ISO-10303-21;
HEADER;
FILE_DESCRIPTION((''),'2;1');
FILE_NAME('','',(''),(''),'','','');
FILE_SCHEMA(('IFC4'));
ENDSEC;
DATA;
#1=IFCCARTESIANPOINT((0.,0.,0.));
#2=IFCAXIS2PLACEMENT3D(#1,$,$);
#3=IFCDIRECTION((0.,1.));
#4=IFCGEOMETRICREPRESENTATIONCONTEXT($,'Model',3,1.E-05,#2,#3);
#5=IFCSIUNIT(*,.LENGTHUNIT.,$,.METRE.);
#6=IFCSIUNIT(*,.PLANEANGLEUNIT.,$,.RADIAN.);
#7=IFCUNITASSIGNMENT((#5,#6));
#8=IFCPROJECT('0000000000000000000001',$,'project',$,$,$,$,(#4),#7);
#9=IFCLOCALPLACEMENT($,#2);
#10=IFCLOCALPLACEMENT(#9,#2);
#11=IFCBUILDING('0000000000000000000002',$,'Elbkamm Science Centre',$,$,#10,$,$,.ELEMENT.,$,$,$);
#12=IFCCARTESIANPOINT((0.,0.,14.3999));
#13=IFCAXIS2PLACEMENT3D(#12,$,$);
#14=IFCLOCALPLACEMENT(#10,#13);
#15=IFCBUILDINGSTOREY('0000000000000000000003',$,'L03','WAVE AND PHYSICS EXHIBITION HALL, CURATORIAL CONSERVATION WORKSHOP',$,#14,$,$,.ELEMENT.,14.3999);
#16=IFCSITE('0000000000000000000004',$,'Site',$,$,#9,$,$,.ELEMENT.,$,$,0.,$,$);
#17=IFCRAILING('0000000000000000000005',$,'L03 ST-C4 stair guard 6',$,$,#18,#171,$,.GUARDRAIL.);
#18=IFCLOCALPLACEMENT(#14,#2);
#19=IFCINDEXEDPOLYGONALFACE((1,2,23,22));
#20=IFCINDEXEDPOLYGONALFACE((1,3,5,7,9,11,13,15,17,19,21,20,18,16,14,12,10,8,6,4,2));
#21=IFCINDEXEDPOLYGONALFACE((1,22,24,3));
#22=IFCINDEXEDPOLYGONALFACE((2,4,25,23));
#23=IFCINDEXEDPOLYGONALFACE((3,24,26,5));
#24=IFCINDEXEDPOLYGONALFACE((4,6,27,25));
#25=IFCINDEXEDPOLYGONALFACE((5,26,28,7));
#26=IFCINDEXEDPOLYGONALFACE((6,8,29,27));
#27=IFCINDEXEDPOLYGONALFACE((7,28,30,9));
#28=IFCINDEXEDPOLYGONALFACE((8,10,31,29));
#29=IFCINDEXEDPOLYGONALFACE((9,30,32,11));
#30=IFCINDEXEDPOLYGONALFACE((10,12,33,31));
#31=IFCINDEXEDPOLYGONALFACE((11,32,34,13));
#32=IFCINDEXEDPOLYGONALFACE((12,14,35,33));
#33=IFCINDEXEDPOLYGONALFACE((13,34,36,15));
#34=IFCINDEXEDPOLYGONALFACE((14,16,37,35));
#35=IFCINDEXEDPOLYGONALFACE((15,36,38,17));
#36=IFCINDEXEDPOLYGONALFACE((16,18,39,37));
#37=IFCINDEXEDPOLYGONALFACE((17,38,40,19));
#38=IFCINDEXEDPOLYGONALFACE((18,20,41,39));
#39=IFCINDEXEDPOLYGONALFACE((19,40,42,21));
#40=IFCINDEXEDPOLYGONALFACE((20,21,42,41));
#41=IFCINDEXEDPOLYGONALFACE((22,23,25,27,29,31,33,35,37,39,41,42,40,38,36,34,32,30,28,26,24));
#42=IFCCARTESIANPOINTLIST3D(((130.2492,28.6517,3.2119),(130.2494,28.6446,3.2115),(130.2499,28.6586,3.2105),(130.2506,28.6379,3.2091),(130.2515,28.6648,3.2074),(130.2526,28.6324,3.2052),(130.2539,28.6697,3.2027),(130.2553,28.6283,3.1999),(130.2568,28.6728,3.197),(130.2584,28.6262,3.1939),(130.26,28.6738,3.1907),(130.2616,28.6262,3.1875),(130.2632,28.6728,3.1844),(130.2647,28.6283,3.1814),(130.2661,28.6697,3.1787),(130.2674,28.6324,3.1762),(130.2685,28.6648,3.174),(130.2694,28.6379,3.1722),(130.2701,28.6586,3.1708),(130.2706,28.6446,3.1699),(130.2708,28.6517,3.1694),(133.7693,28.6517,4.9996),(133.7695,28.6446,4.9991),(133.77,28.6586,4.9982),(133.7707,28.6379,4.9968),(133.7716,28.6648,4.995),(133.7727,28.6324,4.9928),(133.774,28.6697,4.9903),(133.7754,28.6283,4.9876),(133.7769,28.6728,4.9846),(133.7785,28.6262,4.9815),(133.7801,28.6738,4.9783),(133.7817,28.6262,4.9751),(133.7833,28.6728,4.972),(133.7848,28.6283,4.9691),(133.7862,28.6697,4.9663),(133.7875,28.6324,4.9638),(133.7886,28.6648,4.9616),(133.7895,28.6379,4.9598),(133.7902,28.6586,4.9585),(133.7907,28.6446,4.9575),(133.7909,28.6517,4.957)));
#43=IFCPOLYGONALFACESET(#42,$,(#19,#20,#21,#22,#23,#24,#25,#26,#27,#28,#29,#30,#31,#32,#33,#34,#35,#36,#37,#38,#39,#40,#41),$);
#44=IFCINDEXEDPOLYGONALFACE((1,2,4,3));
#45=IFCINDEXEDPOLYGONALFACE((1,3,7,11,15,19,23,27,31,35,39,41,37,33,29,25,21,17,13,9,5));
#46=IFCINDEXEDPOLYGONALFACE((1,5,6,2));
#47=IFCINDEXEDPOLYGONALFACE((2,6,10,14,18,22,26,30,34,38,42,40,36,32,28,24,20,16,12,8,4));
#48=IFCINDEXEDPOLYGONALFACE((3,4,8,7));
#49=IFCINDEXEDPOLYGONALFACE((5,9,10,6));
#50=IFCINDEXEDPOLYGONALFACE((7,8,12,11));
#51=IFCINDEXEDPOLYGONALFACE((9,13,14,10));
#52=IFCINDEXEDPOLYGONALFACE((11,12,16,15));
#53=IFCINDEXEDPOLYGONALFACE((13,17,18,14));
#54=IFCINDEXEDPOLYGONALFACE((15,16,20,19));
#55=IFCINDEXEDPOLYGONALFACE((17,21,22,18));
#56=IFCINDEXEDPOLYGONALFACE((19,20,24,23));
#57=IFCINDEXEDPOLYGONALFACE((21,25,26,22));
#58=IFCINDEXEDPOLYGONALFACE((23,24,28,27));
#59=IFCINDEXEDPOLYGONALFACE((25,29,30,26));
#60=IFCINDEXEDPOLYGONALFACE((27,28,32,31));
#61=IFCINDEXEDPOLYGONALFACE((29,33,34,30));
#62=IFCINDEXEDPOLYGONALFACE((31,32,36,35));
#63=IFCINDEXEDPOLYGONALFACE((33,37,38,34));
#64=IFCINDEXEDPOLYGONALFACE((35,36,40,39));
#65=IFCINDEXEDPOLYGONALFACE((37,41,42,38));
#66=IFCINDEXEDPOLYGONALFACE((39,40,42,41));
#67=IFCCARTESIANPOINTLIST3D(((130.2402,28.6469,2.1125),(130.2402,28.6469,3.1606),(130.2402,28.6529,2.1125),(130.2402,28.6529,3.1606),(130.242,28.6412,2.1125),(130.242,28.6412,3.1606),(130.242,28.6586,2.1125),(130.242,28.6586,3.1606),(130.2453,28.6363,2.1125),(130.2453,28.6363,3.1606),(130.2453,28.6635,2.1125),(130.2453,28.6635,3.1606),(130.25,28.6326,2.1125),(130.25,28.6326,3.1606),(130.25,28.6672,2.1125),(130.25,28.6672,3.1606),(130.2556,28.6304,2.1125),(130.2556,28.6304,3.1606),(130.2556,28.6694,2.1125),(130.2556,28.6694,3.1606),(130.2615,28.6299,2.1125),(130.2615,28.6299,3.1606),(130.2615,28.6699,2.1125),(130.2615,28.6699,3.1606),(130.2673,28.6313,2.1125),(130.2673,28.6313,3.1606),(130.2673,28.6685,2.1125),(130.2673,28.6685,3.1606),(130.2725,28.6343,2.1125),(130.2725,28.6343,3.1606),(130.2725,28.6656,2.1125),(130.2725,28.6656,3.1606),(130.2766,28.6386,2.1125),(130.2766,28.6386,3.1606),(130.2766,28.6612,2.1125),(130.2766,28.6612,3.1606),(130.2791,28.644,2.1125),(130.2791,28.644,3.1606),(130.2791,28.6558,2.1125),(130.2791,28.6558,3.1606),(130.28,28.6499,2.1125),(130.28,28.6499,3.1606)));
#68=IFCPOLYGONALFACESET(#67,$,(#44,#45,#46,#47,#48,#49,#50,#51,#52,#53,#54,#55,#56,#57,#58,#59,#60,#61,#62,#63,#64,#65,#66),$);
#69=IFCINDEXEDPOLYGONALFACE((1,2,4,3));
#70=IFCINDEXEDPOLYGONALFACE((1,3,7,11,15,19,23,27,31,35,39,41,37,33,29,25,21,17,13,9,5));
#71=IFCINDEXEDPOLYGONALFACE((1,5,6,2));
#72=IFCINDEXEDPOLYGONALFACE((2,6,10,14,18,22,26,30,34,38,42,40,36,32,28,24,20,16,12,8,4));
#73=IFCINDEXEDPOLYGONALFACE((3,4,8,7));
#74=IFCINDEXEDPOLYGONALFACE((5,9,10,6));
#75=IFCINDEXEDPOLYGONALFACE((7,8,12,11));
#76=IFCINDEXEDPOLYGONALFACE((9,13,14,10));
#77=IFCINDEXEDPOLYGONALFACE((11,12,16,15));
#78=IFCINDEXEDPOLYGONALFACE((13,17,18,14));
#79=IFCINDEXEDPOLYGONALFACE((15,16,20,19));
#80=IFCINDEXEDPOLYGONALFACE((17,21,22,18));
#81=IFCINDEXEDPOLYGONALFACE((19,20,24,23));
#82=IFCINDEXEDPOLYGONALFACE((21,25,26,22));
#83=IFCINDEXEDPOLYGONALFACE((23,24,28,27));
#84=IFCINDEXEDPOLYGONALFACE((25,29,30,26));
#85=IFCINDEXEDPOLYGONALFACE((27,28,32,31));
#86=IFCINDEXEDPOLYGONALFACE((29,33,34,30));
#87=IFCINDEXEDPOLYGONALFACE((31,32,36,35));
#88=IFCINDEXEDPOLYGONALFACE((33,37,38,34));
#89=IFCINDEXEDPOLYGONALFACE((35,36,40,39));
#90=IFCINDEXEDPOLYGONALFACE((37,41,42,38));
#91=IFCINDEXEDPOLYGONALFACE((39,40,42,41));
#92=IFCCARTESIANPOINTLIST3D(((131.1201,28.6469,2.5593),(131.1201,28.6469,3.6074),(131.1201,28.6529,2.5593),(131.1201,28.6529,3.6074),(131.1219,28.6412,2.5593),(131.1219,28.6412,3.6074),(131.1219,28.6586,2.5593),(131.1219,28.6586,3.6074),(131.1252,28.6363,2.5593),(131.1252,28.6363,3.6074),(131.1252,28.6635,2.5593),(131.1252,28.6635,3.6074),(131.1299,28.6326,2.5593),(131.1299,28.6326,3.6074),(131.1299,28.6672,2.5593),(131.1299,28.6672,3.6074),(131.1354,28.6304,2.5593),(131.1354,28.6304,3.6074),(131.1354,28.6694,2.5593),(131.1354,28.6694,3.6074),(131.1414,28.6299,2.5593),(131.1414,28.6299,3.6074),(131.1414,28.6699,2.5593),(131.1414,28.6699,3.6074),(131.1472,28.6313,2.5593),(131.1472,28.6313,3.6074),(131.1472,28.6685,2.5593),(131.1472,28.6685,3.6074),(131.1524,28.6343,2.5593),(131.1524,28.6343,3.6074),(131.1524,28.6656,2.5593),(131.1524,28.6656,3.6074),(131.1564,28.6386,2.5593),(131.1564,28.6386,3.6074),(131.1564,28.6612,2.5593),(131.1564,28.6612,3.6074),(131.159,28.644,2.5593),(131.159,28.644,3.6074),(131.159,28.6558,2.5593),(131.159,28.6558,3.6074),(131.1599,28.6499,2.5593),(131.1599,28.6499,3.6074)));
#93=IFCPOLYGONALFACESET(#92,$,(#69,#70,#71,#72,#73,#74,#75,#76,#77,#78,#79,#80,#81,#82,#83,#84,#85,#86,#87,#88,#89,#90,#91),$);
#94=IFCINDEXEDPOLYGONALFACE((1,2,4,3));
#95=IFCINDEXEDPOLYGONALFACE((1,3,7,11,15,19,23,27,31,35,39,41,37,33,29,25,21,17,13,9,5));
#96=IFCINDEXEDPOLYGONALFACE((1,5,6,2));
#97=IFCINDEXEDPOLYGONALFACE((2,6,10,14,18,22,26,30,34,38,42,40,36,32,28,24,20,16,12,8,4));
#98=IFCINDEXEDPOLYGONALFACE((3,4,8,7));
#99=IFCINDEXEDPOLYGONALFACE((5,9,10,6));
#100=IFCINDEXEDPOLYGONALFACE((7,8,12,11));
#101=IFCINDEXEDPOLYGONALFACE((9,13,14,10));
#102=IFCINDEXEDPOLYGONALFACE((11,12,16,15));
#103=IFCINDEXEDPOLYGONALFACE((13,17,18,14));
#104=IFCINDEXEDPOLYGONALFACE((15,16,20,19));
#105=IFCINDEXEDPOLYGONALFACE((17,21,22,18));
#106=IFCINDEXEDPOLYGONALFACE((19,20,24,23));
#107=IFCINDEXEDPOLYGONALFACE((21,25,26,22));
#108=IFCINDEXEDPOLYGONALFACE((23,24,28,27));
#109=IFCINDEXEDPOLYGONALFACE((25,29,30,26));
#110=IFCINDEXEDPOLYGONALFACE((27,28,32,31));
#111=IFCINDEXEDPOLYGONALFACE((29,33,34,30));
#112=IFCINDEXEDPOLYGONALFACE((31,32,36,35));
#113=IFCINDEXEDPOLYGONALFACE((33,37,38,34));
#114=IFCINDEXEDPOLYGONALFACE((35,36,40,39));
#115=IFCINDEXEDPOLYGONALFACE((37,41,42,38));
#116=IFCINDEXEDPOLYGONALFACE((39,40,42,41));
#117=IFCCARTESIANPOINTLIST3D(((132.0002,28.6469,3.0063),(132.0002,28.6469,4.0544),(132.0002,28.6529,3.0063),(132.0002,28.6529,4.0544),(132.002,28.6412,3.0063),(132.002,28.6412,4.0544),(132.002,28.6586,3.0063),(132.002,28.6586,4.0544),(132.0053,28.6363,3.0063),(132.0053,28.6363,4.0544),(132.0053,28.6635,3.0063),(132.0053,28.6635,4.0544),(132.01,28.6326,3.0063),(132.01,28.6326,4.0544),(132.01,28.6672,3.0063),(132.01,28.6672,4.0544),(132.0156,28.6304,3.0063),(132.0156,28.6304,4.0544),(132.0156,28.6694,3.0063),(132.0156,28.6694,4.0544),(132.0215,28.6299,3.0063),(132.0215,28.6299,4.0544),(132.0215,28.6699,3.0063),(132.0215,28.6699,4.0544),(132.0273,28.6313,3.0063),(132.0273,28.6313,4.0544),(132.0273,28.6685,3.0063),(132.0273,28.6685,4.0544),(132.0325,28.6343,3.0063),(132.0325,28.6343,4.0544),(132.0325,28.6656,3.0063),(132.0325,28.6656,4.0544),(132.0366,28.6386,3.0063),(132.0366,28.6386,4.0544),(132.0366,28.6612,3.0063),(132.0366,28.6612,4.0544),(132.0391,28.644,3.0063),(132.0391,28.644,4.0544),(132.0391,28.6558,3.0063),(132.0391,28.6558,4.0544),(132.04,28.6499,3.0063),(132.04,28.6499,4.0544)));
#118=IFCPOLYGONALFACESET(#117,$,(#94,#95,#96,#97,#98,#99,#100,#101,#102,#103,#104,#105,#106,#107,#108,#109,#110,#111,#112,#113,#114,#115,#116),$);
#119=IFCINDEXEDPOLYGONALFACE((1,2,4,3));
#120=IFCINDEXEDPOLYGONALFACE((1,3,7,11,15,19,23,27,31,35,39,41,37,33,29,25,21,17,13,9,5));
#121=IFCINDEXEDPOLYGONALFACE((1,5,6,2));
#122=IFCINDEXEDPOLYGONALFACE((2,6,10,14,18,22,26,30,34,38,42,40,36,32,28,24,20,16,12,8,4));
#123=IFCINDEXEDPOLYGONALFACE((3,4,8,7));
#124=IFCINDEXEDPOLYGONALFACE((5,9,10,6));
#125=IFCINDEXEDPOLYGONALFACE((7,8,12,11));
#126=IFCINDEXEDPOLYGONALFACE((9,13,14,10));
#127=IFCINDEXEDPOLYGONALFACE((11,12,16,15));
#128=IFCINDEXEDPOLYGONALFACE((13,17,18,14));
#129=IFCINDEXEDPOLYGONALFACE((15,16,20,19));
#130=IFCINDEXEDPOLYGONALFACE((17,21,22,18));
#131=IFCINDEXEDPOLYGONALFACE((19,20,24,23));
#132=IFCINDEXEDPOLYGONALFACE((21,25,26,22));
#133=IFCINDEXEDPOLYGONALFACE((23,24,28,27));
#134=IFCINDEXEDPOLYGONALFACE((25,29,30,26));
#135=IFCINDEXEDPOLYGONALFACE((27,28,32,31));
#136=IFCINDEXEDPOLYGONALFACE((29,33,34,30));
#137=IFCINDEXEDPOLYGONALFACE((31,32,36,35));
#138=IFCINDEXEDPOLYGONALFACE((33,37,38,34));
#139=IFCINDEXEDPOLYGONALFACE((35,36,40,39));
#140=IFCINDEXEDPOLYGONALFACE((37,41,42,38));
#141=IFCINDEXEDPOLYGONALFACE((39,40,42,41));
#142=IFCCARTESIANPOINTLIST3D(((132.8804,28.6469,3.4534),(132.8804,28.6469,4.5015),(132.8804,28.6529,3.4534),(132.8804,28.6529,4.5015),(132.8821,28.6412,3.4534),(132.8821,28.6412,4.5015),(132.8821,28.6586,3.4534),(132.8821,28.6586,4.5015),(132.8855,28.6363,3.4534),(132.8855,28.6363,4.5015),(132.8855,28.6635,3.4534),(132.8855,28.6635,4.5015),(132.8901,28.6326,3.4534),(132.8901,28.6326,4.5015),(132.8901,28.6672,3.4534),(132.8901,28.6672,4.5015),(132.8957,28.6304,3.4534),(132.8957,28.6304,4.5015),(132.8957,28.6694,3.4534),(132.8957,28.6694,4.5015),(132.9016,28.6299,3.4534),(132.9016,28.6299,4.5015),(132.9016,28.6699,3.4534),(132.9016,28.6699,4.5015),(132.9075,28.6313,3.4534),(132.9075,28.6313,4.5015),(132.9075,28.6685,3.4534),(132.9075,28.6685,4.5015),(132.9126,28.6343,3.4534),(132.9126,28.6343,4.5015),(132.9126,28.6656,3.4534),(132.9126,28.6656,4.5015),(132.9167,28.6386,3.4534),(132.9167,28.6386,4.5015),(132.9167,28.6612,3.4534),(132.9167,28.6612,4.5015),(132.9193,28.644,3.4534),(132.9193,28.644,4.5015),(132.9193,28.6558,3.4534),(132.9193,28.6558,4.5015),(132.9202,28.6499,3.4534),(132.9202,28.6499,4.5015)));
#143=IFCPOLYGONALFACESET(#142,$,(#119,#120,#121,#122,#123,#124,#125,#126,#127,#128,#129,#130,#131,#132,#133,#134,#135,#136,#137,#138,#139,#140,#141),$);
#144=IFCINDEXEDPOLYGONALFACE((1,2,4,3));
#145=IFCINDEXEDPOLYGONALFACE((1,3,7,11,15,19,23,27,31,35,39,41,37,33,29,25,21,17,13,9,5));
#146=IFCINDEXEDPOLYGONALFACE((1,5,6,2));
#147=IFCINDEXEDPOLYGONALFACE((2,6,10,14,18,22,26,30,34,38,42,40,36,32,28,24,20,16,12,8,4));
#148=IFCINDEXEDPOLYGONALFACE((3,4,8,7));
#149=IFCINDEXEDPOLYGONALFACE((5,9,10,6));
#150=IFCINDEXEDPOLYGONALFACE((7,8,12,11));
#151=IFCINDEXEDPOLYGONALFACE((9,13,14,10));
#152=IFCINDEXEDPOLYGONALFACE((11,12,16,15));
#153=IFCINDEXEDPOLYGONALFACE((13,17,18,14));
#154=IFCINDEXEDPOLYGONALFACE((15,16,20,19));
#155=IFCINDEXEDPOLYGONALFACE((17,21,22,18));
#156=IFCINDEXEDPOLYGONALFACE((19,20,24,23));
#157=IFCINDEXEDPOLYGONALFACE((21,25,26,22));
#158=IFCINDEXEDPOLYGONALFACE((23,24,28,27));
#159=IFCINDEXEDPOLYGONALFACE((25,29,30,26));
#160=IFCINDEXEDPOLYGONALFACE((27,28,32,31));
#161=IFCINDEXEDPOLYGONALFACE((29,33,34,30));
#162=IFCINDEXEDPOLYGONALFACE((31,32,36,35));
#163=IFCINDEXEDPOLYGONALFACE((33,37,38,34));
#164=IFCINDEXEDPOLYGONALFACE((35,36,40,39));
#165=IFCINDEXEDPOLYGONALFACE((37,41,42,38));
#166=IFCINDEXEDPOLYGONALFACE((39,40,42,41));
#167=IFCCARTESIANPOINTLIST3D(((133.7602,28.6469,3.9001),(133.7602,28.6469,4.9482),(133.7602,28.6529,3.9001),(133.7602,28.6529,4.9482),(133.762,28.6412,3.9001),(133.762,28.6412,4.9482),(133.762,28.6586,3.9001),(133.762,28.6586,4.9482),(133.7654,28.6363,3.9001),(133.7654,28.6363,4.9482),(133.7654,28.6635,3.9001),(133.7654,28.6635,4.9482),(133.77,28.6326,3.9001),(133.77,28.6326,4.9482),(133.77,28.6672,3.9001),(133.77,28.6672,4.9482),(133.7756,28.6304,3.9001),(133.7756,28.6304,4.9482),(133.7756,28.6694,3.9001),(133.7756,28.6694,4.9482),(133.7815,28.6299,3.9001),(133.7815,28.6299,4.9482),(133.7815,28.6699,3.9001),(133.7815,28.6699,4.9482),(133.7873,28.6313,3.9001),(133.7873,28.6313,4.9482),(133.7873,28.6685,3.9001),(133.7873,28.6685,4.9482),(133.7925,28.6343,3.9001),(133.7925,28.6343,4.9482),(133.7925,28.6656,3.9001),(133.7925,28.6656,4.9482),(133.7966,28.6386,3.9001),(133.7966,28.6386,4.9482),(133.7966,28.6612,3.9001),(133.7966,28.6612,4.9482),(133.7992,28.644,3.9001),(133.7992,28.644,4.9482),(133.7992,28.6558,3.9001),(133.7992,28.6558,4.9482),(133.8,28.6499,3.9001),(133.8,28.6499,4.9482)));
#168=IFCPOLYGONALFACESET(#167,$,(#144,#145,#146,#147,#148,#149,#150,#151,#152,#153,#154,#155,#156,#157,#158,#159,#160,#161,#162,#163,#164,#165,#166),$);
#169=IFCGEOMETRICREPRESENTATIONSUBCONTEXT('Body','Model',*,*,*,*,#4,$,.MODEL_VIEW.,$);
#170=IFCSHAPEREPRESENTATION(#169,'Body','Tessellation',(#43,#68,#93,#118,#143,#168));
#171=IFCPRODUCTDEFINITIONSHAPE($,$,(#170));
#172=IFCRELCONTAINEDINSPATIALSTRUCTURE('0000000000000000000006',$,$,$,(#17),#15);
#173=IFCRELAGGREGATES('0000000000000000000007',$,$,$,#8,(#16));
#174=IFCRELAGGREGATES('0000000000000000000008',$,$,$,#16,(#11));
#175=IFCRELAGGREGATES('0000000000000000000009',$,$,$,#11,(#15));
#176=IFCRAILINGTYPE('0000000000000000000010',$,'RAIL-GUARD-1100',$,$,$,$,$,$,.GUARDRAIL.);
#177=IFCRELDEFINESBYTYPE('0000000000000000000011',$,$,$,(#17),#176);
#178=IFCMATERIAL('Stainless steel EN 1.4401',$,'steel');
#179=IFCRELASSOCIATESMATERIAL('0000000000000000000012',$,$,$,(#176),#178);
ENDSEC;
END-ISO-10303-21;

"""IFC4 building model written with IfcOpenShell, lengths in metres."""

from ifc_helpers import new_model, si_unit, direction, frame, origin, origin_2d, place, context, subcontext, project, spatial, circle, extrude, material, type_object, element, save


model = new_model("IFC4")

# Units and contexts
model_context = context("Model", 3, precision=1e-05, world=origin(), true_north=direction((0.0, 1.0)))
body_context = subcontext(model_context, "Body", "Model", "MODEL_VIEW")
ifc_project = project(units=[si_unit("LENGTHUNIT", "METRE"), si_unit("PLANEANGLEUNIT", "RADIAN")], contexts=[model_context])

# Site, building, storey
site_placement = place(None, origin())
site = spatial("IfcSite", under=ifc_project, at=site_placement, Name="Site", CompositionType="ELEMENT", RefElevation=0.0)
building_placement = place(site_placement, origin())
building = spatial("IfcBuilding", under=site, at=building_placement, Name="Elbkamm Science Centre", CompositionType="ELEMENT")
storey_placement = place(building_placement, frame((0.0, 0.0, 14.3999)))
storey = spatial("IfcBuildingStorey", under=building, at=storey_placement, Name="L03", Description="WAVE AND PHYSICS EXHIBITION HALL, CURATORIAL CONSERVATION WORKSHOP", CompositionType="ELEMENT", Elevation=14.3999)

# Railing
ifc_material_1 = material(Name="Stainless steel EN 1.4401", Category="steel")
railing_type_1 = type_object("IfcRailingType", Name="RAIL-GUARD-1100", PredefinedType="GUARDRAIL", material=ifc_material_1)
railing_1_placement = place(storey_placement, frame((130.26, 28.6499, 2.1125)))
element("IfcRailing", 1, at=railing_1_placement, inside=storey, type_object=railing_type_1, Name="L03 ST-C4 stair guard 6", PredefinedType="GUARDRAIL", context=body_context, shape_type="SweptSolid", body=[
    extrude(circle(Radius=0.0239, at=origin_2d()), frame((0.0, 0.0, 1.0781), z_axis=(0.891615, 0.0, 0.452795), x_axis=(0.0, 1.0, 0.0)), (0.0, 0.0, 1.0), 3.948),
    extrude(circle(Radius=0.02, at=origin_2d()), origin(), (0.0, 0.0, 1.0), 1.0481),
    extrude(circle(Radius=0.02, at=origin_2d()), frame((0.8799, 0.0, 0.4468)), (0.0, 0.0, 1.0), 1.0481),
    extrude(circle(Radius=0.02, at=origin_2d()), frame((1.76, 0.0, 0.8938)), (0.0, 0.0, 1.0), 1.0481),
    extrude(circle(Radius=0.02, at=origin_2d()), frame((2.6401, 0.0, 1.3408)), (0.0, 0.0, 1.0), 1.0481),
    extrude(circle(Radius=0.02, at=origin_2d()), frame((3.52, 0.0, 1.7876)), (0.0, 0.0, 1.0), 1.0481),
])

save(model, "model.ifc")
